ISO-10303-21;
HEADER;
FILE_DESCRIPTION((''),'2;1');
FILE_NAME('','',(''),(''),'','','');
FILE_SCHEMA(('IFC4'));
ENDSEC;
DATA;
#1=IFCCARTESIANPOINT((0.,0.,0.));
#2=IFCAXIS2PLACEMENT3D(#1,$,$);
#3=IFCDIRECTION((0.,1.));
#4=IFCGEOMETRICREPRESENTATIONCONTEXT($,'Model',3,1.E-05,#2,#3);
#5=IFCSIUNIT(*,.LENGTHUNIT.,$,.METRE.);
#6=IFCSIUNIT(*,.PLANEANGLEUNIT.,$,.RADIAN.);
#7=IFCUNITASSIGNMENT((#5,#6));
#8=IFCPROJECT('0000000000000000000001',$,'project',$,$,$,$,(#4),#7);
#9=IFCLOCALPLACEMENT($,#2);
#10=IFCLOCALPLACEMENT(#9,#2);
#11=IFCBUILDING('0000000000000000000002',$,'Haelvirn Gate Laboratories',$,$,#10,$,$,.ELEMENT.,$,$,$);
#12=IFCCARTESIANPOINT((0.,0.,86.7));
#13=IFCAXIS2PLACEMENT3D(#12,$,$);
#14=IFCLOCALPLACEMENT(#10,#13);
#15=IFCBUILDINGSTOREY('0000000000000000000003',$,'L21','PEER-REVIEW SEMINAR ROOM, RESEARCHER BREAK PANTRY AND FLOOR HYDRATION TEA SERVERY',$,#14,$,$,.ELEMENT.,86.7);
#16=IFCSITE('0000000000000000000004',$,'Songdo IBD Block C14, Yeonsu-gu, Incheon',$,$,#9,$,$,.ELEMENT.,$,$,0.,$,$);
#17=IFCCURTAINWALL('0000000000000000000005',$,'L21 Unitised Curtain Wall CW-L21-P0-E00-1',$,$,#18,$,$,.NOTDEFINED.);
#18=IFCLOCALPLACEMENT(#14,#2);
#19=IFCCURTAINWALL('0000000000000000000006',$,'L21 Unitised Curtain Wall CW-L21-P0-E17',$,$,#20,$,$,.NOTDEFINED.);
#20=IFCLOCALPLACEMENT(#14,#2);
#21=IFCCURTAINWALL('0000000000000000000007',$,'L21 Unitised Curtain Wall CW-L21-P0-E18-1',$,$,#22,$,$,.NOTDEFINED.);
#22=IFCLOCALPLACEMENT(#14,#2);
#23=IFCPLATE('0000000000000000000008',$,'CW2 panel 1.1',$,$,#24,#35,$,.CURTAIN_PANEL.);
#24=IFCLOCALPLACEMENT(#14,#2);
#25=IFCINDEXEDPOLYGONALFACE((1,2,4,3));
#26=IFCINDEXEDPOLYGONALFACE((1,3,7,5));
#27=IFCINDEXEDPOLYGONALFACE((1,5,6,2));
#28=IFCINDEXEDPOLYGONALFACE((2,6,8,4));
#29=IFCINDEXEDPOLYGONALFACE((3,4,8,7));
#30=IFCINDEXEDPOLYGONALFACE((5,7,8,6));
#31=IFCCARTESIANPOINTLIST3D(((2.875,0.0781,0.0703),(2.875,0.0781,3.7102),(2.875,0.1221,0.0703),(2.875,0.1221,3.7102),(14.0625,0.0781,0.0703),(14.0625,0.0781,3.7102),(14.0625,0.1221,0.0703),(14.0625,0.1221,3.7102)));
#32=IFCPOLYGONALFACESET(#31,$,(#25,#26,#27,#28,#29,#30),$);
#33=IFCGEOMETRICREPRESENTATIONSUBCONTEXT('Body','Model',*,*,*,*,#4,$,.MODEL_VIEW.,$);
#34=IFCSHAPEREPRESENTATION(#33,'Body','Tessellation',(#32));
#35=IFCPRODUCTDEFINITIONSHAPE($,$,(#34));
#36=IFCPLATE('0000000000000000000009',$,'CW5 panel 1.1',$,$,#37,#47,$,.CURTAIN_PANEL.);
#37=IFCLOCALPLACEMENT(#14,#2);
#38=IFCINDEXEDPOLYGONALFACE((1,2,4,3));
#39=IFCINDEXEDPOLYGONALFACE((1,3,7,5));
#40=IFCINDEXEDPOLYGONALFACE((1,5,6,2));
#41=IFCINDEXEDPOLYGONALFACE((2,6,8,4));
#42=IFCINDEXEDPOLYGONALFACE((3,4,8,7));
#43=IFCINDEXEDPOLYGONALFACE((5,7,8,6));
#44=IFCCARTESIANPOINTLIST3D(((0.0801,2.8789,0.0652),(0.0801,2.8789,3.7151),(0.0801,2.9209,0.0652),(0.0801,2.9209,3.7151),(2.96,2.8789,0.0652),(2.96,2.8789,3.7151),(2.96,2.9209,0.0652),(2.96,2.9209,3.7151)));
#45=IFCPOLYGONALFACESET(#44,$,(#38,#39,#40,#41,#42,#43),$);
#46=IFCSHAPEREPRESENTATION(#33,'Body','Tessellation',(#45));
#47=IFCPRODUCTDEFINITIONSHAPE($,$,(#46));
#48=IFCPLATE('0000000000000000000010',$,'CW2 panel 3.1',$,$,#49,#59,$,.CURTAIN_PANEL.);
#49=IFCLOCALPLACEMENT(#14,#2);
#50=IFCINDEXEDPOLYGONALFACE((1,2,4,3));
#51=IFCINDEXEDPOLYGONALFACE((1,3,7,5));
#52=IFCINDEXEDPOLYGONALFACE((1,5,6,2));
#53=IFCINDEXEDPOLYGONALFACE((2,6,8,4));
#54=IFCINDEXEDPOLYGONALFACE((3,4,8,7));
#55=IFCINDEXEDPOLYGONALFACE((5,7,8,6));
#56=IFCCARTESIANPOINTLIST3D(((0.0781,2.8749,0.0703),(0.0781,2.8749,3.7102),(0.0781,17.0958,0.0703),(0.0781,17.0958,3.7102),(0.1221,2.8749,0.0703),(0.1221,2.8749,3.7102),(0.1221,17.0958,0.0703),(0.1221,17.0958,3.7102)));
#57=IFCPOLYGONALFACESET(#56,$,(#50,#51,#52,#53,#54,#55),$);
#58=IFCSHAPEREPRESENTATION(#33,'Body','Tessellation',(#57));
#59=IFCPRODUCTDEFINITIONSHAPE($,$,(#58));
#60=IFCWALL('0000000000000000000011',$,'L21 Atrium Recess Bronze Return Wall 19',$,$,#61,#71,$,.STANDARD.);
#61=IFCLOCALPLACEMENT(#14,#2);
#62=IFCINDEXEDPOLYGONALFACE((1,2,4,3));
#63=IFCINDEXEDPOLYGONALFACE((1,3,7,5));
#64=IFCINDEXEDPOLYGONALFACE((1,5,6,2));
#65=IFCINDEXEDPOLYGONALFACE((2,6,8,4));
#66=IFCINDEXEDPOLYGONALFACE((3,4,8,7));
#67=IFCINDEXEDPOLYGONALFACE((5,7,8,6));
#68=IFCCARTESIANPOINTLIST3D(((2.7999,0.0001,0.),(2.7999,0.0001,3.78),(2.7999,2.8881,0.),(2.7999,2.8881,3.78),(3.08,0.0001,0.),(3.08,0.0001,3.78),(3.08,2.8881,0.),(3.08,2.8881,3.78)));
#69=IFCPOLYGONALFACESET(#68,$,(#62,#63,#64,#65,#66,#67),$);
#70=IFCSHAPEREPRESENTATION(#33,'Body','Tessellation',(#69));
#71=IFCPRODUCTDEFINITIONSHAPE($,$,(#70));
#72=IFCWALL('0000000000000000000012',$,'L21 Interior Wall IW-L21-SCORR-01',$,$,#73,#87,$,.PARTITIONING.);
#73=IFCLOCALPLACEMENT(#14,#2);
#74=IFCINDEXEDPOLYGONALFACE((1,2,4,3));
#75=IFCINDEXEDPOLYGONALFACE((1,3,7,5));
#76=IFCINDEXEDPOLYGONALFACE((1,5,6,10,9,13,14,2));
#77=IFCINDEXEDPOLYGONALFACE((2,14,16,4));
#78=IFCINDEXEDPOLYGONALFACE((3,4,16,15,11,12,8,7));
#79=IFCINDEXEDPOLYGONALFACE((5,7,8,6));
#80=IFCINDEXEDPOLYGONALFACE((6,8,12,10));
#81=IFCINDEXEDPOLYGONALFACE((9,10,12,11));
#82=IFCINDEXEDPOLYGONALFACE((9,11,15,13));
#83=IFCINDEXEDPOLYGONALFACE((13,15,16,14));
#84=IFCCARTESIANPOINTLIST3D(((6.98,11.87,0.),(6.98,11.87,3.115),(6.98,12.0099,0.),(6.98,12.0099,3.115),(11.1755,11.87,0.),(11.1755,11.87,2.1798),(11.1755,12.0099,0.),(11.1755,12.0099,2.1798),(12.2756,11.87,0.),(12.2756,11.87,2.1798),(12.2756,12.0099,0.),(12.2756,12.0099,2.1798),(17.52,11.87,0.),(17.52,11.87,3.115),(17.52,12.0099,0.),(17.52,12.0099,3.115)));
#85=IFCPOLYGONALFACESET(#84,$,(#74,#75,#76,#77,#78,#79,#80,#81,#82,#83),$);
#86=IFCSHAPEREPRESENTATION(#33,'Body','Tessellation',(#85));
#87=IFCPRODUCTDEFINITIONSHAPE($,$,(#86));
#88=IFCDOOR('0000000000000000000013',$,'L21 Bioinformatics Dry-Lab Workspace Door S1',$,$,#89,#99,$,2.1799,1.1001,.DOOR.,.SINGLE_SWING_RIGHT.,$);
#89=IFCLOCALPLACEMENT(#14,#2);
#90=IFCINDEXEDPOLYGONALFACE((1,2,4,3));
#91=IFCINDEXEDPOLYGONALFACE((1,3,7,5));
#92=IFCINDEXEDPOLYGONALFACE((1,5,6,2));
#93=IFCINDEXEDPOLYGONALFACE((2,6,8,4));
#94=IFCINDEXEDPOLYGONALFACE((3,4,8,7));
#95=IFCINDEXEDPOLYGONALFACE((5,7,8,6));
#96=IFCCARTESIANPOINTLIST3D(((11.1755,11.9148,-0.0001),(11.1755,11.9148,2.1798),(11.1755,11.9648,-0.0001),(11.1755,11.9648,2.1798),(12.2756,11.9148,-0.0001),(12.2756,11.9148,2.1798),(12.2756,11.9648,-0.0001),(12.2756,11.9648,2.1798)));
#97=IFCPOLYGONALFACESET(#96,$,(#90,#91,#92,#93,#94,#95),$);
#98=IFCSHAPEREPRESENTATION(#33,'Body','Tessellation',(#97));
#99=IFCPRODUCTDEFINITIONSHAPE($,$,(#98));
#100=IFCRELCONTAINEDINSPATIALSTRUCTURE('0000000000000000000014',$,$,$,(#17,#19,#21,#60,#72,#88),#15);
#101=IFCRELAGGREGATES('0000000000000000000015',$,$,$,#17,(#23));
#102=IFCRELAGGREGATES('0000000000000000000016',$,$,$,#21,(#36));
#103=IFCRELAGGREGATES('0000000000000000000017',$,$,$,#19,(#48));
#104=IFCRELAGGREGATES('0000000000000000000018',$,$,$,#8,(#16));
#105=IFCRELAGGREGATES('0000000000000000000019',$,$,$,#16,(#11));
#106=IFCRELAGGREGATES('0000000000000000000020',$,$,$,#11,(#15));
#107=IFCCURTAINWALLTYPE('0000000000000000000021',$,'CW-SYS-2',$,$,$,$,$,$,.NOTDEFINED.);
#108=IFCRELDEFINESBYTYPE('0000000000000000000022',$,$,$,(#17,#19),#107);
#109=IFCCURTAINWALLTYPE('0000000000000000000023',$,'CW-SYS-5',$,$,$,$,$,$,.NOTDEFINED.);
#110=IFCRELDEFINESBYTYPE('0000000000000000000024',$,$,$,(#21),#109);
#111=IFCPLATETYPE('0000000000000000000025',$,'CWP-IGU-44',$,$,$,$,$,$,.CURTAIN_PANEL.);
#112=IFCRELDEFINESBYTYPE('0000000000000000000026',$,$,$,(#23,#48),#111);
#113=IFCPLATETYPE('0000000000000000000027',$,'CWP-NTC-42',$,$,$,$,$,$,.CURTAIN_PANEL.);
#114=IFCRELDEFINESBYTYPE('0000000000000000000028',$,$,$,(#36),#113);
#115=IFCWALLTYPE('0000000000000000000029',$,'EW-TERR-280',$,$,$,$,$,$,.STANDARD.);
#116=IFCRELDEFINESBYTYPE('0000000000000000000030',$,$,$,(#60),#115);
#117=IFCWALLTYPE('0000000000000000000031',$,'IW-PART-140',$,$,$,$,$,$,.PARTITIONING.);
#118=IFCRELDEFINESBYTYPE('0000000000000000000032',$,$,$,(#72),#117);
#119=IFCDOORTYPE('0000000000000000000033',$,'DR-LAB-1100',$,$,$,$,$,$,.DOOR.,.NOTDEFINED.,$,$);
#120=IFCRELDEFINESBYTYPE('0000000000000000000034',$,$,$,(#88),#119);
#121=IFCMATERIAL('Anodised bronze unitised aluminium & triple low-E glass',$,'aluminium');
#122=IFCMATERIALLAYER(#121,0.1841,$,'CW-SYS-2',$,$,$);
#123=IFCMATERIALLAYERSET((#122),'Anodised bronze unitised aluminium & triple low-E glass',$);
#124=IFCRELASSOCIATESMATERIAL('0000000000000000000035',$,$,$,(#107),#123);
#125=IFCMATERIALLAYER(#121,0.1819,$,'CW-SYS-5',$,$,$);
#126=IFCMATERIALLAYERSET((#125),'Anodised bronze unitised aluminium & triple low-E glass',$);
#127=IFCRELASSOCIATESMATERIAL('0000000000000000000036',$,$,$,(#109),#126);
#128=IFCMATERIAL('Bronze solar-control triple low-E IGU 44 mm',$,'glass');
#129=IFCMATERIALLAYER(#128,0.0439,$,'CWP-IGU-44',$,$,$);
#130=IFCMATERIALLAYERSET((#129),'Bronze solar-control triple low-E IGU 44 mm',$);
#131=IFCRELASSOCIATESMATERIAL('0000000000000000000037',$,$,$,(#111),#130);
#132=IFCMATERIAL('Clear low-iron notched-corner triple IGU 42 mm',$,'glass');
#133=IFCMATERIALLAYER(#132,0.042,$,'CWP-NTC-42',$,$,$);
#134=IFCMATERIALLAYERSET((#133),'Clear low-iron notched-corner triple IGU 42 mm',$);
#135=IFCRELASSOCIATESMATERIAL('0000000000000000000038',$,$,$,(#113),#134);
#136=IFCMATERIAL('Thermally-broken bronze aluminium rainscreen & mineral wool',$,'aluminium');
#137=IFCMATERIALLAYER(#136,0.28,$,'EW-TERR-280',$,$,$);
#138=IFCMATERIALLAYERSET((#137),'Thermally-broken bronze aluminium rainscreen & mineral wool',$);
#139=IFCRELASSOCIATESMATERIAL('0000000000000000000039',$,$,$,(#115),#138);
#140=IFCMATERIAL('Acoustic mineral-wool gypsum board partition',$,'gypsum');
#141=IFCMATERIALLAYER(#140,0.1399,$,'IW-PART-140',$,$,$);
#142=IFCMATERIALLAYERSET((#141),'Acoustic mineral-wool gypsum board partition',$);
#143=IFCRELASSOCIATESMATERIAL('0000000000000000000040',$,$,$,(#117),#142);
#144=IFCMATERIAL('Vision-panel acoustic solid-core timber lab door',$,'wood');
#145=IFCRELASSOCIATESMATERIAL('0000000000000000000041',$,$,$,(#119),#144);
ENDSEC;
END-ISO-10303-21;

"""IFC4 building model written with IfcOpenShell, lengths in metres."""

from ifc_helpers import new_model, si_unit, direction, frame, frame_2d, origin, origin_2d, place, context, subcontext, project, spatial, rectangle, extrude, source, transform, mapped, material, layer, layer_set, type_object, type_shapes, element, fill, aggregate, save


model = new_model("IFC4")

# Units and contexts
model_context = context("Model", 3, precision=1e-05, world=origin(), true_north=direction((0.0, 1.0)))
body_context = subcontext(model_context, "Body", "Model", "MODEL_VIEW")
ifc_project = project(units=[si_unit("LENGTHUNIT", "METRE"), si_unit("PLANEANGLEUNIT", "RADIAN")], contexts=[model_context])

# Site, building, storey
site_placement = place(None, origin())
site = spatial("IfcSite", under=ifc_project, at=site_placement, Name="Songdo IBD Block C14, Yeonsu-gu, Incheon", CompositionType="ELEMENT", RefElevation=0.0)
building_placement = place(site_placement, origin())
building = spatial("IfcBuilding", under=site, at=building_placement, Name="Haelvirn Gate Laboratories", CompositionType="ELEMENT")
storey_placement = place(building_placement, frame((0.0, 0.0, 86.7)))
storey = spatial("IfcBuildingStorey", under=building, at=storey_placement, Name="L21", Description="PEER-REVIEW SEMINAR ROOM, RESEARCHER BREAK PANTRY AND FLOOR HYDRATION TEA SERVERY", CompositionType="ELEMENT", Elevation=86.7)

# Curtain walls
ifc_material_1 = material(Name="Anodised bronze unitised aluminium & triple low-E glass", Category="aluminium")
ifc_layer_1 = layer(ifc_material_1, 0.1841, Name="CW-SYS-2")
ifc_layer_set_1 = layer_set([ifc_layer_1], Name="Anodised bronze unitised aluminium & triple low-E glass")
curtain_wall_type_1 = type_object("IfcCurtainWallType", Name="CW-SYS-2", PredefinedType="NOTDEFINED", material=ifc_layer_set_1)
curtain_wall_1_placement = place(storey_placement, origin())
curtain_wall_1 = element("IfcCurtainWall", 1, at=curtain_wall_1_placement, inside=storey, type_object=curtain_wall_type_1, Name="L21 Unitised Curtain Wall CW-L21-P0-E00-1", PredefinedType="NOTDEFINED")
curtain_wall_2_placement = place(storey_placement, origin())
curtain_wall_2 = element("IfcCurtainWall", 2, at=curtain_wall_2_placement, inside=storey, type_object=curtain_wall_type_1, Name="L21 Unitised Curtain Wall CW-L21-P0-E17", PredefinedType="NOTDEFINED")

# Curtain wall
ifc_layer_2 = layer(ifc_material_1, 0.1819, Name="CW-SYS-5")
ifc_layer_set_2 = layer_set([ifc_layer_2], Name="Anodised bronze unitised aluminium & triple low-E glass")
curtain_wall_type_2 = type_object("IfcCurtainWallType", Name="CW-SYS-5", PredefinedType="NOTDEFINED", material=ifc_layer_set_2)
curtain_wall_3_placement = place(storey_placement, origin())
curtain_wall_3 = element("IfcCurtainWall", 3, at=curtain_wall_3_placement, inside=storey, type_object=curtain_wall_type_2, Name="L21 Unitised Curtain Wall CW-L21-P0-E18-1", PredefinedType="NOTDEFINED")

# Plates
ifc_material_2 = material(Name="Bronze solar-control triple low-E IGU 44 mm", Category="glass")
ifc_layer_3 = layer(ifc_material_2, 0.0439, Name="CWP-IGU-44")
ifc_layer_set_3 = layer_set([ifc_layer_3], Name="Bronze solar-control triple low-E IGU 44 mm")
plate_type_1 = type_object("IfcPlateType", Name="CWP-IGU-44", PredefinedType="CURTAIN_PANEL", material=ifc_layer_set_3)
shared_shape_1 = source(origin(), body_context, "Body", "SweptSolid", [
    extrude(rectangle(XDim=11.1875, YDim=0.0439, at=origin_2d()), origin(), (0.0, 0.0, 1.0), 3.6399),
])
plate_1_placement = place(storey_placement, frame((8.4688, 0.1001, 0.0703), z_axis=(0.0, 0.0, 1.0), x_axis=(1.0, 0.0, 0.0)))
plate_1 = element("IfcPlate", 4, at=plate_1_placement, type_object=plate_type_1, Name="CW2 panel 1.1", PredefinedType="CURTAIN_PANEL", context=body_context, shape_type="MappedRepresentation", body=[
    mapped(shared_shape_1, transform((0.0, 0.0, 0.0), scale=1.0)),
])
aggregate(curtain_wall_1, [plate_1])
ifc_material_3 = material(Name="Clear low-iron notched-corner triple IGU 42 mm", Category="glass")
ifc_layer_4 = layer(ifc_material_3, 0.042, Name="CWP-NTC-42")
ifc_layer_set_4 = layer_set([ifc_layer_4], Name="Clear low-iron notched-corner triple IGU 42 mm")
plate_type_2 = type_object("IfcPlateType", Name="CWP-NTC-42", PredefinedType="CURTAIN_PANEL", material=ifc_layer_set_4)
shared_shape_2 = source(origin(), body_context, "Body", "SweptSolid", [
    extrude(rectangle(XDim=2.8799, YDim=0.042, at=origin_2d()), origin(), (0.0, 0.0, 1.0), 3.6499),
])
type_shapes(plate_type_2, [shared_shape_2])
plate_2_placement = place(storey_placement, frame((1.52, 2.8999, 0.0652), z_axis=(0.0, 0.0, 1.0), x_axis=(1.0, 0.0, 0.0)))
plate_2 = element("IfcPlate", 5, at=plate_2_placement, type_object=plate_type_2, Name="CW5 panel 1.1", PredefinedType="CURTAIN_PANEL", context=body_context, shape_type="MappedRepresentation", body=[
    mapped(shared_shape_2, transform((0.0, 0.0, 0.0), scale=1.0)),
])
aggregate(curtain_wall_3, [plate_2])
shared_shape_3 = source(origin(), body_context, "Body", "SweptSolid", [
    extrude(rectangle(XDim=14.2209, YDim=0.0439, at=origin_2d()), origin(), (0.0, 0.0, 1.0), 3.6399),
])
type_shapes(plate_type_1, [shared_shape_1, shared_shape_3])
plate_3_placement = place(storey_placement, frame((0.1001, 9.9854, 0.0703), z_axis=(0.0, 0.0, 1.0), x_axis=(0.0, -1.0, 0.0)))
plate_3 = element("IfcPlate", 6, at=plate_3_placement, type_object=plate_type_1, Name="CW2 panel 3.1", PredefinedType="CURTAIN_PANEL", context=body_context, shape_type="MappedRepresentation", body=[
    mapped(shared_shape_3, transform((0.0, 0.0, 0.0), scale=1.0)),
])
aggregate(curtain_wall_2, [plate_3])

# Wall
ifc_material_4 = material(Name="Thermally-broken bronze aluminium rainscreen & mineral wool", Category="aluminium")
ifc_layer_5 = layer(ifc_material_4, 0.28, Name="EW-TERR-280")
ifc_layer_set_5 = layer_set([ifc_layer_5], Name="Thermally-broken bronze aluminium rainscreen & mineral wool")
wall_type_1 = type_object("IfcWallType", Name="EW-TERR-280", PredefinedType="STANDARD", material=ifc_layer_set_5)
wall_1_placement = place(storey_placement, frame((2.9399, 2.8879, 0.0), z_axis=(0.0, 0.0, 1.0), x_axis=(0.0, -1.0, 0.0)))
element("IfcWall", 7, at=wall_1_placement, inside=storey, type_object=wall_type_1, Name="L21 Atrium Recess Bronze Return Wall 19", PredefinedType="STANDARD", context=body_context, shape_type="SweptSolid", body=[
    extrude(rectangle(XDim=2.8879, YDim=0.28, at=frame_2d((1.4438, 0.0))), origin(), (0.0, 0.0, 1.0), 3.78),
])

# Wall, opening, door
ifc_material_5 = material(Name="Acoustic mineral-wool gypsum board partition", Category="gypsum")
ifc_layer_6 = layer(ifc_material_5, 0.1399, Name="IW-PART-140")
ifc_layer_set_6 = layer_set([ifc_layer_6], Name="Acoustic mineral-wool gypsum board partition")
wall_type_2 = type_object("IfcWallType", Name="IW-PART-140", PredefinedType="PARTITIONING", material=ifc_layer_set_6)
wall_2_placement = place(storey_placement, frame((6.98, 11.9399, 0.0), z_axis=(0.0, 0.0, 1.0), x_axis=(1.0, 0.0, 0.0)))
wall_2 = element("IfcWall", 8, at=wall_2_placement, inside=storey, type_object=wall_type_2, Name="L21 Interior Wall IW-L21-SCORR-01", PredefinedType="PARTITIONING", context=body_context, shape_type="SweptSolid", body=[
    extrude(rectangle(XDim=10.54, YDim=0.1399, at=frame_2d((5.27, 0.0))), origin(), (0.0, 0.0, 1.0), 3.115),
])
opening_placement = place(wall_2_placement, frame((4.1956, 0.0, 0.0)))
opening = element("IfcOpeningElement", 9, at=opening_placement, cuts=wall_2, PredefinedType="OPENING", context=body_context, shape_type="SweptSolid", body=[
    extrude(rectangle(XDim=1.1001, YDim=2.1799, at=frame_2d((0.55, 1.0898))), frame((0.0, 0.0801, 0.0), z_axis=(0.0, -1.0, 0.0), x_axis=(1.0, 0.0, 0.0)), (0.0, 0.0, 1.0), 0.1599),
])
ifc_material_6 = material(Name="Vision-panel acoustic solid-core timber lab door", Category="wood")
door_type = type_object("IfcDoorType", Name="DR-LAB-1100", OperationType="NOTDEFINED", PredefinedType="DOOR", material=ifc_material_6)
shared_shape_4 = source(origin(), body_context, "Body", "SweptSolid", [
    extrude(rectangle(XDim=1.1001, YDim=2.1799, at=frame_2d((0.55, 1.0898))), frame((0.0, 0.0249, 0.0), z_axis=(0.0, -1.0, 0.0), x_axis=(1.0, 0.0, 0.0)), (0.0, 0.0, 1.0), 0.05),
])
type_shapes(door_type, [shared_shape_4])
door_placement = place(opening_placement, origin())
door = element("IfcDoor", 10, at=door_placement, inside=storey, type_object=door_type, Name="L21 Bioinformatics Dry-Lab Workspace Door S1", OperationType="SINGLE_SWING_RIGHT", OverallHeight=2.1799, OverallWidth=1.1001, PredefinedType="DOOR", context=body_context, shape_type="MappedRepresentation", body=[
    mapped(shared_shape_4, transform((0.0, 0.0, 0.0), scale=1.0)),
])
fill(opening, door)

save(model, "model.ifc")
